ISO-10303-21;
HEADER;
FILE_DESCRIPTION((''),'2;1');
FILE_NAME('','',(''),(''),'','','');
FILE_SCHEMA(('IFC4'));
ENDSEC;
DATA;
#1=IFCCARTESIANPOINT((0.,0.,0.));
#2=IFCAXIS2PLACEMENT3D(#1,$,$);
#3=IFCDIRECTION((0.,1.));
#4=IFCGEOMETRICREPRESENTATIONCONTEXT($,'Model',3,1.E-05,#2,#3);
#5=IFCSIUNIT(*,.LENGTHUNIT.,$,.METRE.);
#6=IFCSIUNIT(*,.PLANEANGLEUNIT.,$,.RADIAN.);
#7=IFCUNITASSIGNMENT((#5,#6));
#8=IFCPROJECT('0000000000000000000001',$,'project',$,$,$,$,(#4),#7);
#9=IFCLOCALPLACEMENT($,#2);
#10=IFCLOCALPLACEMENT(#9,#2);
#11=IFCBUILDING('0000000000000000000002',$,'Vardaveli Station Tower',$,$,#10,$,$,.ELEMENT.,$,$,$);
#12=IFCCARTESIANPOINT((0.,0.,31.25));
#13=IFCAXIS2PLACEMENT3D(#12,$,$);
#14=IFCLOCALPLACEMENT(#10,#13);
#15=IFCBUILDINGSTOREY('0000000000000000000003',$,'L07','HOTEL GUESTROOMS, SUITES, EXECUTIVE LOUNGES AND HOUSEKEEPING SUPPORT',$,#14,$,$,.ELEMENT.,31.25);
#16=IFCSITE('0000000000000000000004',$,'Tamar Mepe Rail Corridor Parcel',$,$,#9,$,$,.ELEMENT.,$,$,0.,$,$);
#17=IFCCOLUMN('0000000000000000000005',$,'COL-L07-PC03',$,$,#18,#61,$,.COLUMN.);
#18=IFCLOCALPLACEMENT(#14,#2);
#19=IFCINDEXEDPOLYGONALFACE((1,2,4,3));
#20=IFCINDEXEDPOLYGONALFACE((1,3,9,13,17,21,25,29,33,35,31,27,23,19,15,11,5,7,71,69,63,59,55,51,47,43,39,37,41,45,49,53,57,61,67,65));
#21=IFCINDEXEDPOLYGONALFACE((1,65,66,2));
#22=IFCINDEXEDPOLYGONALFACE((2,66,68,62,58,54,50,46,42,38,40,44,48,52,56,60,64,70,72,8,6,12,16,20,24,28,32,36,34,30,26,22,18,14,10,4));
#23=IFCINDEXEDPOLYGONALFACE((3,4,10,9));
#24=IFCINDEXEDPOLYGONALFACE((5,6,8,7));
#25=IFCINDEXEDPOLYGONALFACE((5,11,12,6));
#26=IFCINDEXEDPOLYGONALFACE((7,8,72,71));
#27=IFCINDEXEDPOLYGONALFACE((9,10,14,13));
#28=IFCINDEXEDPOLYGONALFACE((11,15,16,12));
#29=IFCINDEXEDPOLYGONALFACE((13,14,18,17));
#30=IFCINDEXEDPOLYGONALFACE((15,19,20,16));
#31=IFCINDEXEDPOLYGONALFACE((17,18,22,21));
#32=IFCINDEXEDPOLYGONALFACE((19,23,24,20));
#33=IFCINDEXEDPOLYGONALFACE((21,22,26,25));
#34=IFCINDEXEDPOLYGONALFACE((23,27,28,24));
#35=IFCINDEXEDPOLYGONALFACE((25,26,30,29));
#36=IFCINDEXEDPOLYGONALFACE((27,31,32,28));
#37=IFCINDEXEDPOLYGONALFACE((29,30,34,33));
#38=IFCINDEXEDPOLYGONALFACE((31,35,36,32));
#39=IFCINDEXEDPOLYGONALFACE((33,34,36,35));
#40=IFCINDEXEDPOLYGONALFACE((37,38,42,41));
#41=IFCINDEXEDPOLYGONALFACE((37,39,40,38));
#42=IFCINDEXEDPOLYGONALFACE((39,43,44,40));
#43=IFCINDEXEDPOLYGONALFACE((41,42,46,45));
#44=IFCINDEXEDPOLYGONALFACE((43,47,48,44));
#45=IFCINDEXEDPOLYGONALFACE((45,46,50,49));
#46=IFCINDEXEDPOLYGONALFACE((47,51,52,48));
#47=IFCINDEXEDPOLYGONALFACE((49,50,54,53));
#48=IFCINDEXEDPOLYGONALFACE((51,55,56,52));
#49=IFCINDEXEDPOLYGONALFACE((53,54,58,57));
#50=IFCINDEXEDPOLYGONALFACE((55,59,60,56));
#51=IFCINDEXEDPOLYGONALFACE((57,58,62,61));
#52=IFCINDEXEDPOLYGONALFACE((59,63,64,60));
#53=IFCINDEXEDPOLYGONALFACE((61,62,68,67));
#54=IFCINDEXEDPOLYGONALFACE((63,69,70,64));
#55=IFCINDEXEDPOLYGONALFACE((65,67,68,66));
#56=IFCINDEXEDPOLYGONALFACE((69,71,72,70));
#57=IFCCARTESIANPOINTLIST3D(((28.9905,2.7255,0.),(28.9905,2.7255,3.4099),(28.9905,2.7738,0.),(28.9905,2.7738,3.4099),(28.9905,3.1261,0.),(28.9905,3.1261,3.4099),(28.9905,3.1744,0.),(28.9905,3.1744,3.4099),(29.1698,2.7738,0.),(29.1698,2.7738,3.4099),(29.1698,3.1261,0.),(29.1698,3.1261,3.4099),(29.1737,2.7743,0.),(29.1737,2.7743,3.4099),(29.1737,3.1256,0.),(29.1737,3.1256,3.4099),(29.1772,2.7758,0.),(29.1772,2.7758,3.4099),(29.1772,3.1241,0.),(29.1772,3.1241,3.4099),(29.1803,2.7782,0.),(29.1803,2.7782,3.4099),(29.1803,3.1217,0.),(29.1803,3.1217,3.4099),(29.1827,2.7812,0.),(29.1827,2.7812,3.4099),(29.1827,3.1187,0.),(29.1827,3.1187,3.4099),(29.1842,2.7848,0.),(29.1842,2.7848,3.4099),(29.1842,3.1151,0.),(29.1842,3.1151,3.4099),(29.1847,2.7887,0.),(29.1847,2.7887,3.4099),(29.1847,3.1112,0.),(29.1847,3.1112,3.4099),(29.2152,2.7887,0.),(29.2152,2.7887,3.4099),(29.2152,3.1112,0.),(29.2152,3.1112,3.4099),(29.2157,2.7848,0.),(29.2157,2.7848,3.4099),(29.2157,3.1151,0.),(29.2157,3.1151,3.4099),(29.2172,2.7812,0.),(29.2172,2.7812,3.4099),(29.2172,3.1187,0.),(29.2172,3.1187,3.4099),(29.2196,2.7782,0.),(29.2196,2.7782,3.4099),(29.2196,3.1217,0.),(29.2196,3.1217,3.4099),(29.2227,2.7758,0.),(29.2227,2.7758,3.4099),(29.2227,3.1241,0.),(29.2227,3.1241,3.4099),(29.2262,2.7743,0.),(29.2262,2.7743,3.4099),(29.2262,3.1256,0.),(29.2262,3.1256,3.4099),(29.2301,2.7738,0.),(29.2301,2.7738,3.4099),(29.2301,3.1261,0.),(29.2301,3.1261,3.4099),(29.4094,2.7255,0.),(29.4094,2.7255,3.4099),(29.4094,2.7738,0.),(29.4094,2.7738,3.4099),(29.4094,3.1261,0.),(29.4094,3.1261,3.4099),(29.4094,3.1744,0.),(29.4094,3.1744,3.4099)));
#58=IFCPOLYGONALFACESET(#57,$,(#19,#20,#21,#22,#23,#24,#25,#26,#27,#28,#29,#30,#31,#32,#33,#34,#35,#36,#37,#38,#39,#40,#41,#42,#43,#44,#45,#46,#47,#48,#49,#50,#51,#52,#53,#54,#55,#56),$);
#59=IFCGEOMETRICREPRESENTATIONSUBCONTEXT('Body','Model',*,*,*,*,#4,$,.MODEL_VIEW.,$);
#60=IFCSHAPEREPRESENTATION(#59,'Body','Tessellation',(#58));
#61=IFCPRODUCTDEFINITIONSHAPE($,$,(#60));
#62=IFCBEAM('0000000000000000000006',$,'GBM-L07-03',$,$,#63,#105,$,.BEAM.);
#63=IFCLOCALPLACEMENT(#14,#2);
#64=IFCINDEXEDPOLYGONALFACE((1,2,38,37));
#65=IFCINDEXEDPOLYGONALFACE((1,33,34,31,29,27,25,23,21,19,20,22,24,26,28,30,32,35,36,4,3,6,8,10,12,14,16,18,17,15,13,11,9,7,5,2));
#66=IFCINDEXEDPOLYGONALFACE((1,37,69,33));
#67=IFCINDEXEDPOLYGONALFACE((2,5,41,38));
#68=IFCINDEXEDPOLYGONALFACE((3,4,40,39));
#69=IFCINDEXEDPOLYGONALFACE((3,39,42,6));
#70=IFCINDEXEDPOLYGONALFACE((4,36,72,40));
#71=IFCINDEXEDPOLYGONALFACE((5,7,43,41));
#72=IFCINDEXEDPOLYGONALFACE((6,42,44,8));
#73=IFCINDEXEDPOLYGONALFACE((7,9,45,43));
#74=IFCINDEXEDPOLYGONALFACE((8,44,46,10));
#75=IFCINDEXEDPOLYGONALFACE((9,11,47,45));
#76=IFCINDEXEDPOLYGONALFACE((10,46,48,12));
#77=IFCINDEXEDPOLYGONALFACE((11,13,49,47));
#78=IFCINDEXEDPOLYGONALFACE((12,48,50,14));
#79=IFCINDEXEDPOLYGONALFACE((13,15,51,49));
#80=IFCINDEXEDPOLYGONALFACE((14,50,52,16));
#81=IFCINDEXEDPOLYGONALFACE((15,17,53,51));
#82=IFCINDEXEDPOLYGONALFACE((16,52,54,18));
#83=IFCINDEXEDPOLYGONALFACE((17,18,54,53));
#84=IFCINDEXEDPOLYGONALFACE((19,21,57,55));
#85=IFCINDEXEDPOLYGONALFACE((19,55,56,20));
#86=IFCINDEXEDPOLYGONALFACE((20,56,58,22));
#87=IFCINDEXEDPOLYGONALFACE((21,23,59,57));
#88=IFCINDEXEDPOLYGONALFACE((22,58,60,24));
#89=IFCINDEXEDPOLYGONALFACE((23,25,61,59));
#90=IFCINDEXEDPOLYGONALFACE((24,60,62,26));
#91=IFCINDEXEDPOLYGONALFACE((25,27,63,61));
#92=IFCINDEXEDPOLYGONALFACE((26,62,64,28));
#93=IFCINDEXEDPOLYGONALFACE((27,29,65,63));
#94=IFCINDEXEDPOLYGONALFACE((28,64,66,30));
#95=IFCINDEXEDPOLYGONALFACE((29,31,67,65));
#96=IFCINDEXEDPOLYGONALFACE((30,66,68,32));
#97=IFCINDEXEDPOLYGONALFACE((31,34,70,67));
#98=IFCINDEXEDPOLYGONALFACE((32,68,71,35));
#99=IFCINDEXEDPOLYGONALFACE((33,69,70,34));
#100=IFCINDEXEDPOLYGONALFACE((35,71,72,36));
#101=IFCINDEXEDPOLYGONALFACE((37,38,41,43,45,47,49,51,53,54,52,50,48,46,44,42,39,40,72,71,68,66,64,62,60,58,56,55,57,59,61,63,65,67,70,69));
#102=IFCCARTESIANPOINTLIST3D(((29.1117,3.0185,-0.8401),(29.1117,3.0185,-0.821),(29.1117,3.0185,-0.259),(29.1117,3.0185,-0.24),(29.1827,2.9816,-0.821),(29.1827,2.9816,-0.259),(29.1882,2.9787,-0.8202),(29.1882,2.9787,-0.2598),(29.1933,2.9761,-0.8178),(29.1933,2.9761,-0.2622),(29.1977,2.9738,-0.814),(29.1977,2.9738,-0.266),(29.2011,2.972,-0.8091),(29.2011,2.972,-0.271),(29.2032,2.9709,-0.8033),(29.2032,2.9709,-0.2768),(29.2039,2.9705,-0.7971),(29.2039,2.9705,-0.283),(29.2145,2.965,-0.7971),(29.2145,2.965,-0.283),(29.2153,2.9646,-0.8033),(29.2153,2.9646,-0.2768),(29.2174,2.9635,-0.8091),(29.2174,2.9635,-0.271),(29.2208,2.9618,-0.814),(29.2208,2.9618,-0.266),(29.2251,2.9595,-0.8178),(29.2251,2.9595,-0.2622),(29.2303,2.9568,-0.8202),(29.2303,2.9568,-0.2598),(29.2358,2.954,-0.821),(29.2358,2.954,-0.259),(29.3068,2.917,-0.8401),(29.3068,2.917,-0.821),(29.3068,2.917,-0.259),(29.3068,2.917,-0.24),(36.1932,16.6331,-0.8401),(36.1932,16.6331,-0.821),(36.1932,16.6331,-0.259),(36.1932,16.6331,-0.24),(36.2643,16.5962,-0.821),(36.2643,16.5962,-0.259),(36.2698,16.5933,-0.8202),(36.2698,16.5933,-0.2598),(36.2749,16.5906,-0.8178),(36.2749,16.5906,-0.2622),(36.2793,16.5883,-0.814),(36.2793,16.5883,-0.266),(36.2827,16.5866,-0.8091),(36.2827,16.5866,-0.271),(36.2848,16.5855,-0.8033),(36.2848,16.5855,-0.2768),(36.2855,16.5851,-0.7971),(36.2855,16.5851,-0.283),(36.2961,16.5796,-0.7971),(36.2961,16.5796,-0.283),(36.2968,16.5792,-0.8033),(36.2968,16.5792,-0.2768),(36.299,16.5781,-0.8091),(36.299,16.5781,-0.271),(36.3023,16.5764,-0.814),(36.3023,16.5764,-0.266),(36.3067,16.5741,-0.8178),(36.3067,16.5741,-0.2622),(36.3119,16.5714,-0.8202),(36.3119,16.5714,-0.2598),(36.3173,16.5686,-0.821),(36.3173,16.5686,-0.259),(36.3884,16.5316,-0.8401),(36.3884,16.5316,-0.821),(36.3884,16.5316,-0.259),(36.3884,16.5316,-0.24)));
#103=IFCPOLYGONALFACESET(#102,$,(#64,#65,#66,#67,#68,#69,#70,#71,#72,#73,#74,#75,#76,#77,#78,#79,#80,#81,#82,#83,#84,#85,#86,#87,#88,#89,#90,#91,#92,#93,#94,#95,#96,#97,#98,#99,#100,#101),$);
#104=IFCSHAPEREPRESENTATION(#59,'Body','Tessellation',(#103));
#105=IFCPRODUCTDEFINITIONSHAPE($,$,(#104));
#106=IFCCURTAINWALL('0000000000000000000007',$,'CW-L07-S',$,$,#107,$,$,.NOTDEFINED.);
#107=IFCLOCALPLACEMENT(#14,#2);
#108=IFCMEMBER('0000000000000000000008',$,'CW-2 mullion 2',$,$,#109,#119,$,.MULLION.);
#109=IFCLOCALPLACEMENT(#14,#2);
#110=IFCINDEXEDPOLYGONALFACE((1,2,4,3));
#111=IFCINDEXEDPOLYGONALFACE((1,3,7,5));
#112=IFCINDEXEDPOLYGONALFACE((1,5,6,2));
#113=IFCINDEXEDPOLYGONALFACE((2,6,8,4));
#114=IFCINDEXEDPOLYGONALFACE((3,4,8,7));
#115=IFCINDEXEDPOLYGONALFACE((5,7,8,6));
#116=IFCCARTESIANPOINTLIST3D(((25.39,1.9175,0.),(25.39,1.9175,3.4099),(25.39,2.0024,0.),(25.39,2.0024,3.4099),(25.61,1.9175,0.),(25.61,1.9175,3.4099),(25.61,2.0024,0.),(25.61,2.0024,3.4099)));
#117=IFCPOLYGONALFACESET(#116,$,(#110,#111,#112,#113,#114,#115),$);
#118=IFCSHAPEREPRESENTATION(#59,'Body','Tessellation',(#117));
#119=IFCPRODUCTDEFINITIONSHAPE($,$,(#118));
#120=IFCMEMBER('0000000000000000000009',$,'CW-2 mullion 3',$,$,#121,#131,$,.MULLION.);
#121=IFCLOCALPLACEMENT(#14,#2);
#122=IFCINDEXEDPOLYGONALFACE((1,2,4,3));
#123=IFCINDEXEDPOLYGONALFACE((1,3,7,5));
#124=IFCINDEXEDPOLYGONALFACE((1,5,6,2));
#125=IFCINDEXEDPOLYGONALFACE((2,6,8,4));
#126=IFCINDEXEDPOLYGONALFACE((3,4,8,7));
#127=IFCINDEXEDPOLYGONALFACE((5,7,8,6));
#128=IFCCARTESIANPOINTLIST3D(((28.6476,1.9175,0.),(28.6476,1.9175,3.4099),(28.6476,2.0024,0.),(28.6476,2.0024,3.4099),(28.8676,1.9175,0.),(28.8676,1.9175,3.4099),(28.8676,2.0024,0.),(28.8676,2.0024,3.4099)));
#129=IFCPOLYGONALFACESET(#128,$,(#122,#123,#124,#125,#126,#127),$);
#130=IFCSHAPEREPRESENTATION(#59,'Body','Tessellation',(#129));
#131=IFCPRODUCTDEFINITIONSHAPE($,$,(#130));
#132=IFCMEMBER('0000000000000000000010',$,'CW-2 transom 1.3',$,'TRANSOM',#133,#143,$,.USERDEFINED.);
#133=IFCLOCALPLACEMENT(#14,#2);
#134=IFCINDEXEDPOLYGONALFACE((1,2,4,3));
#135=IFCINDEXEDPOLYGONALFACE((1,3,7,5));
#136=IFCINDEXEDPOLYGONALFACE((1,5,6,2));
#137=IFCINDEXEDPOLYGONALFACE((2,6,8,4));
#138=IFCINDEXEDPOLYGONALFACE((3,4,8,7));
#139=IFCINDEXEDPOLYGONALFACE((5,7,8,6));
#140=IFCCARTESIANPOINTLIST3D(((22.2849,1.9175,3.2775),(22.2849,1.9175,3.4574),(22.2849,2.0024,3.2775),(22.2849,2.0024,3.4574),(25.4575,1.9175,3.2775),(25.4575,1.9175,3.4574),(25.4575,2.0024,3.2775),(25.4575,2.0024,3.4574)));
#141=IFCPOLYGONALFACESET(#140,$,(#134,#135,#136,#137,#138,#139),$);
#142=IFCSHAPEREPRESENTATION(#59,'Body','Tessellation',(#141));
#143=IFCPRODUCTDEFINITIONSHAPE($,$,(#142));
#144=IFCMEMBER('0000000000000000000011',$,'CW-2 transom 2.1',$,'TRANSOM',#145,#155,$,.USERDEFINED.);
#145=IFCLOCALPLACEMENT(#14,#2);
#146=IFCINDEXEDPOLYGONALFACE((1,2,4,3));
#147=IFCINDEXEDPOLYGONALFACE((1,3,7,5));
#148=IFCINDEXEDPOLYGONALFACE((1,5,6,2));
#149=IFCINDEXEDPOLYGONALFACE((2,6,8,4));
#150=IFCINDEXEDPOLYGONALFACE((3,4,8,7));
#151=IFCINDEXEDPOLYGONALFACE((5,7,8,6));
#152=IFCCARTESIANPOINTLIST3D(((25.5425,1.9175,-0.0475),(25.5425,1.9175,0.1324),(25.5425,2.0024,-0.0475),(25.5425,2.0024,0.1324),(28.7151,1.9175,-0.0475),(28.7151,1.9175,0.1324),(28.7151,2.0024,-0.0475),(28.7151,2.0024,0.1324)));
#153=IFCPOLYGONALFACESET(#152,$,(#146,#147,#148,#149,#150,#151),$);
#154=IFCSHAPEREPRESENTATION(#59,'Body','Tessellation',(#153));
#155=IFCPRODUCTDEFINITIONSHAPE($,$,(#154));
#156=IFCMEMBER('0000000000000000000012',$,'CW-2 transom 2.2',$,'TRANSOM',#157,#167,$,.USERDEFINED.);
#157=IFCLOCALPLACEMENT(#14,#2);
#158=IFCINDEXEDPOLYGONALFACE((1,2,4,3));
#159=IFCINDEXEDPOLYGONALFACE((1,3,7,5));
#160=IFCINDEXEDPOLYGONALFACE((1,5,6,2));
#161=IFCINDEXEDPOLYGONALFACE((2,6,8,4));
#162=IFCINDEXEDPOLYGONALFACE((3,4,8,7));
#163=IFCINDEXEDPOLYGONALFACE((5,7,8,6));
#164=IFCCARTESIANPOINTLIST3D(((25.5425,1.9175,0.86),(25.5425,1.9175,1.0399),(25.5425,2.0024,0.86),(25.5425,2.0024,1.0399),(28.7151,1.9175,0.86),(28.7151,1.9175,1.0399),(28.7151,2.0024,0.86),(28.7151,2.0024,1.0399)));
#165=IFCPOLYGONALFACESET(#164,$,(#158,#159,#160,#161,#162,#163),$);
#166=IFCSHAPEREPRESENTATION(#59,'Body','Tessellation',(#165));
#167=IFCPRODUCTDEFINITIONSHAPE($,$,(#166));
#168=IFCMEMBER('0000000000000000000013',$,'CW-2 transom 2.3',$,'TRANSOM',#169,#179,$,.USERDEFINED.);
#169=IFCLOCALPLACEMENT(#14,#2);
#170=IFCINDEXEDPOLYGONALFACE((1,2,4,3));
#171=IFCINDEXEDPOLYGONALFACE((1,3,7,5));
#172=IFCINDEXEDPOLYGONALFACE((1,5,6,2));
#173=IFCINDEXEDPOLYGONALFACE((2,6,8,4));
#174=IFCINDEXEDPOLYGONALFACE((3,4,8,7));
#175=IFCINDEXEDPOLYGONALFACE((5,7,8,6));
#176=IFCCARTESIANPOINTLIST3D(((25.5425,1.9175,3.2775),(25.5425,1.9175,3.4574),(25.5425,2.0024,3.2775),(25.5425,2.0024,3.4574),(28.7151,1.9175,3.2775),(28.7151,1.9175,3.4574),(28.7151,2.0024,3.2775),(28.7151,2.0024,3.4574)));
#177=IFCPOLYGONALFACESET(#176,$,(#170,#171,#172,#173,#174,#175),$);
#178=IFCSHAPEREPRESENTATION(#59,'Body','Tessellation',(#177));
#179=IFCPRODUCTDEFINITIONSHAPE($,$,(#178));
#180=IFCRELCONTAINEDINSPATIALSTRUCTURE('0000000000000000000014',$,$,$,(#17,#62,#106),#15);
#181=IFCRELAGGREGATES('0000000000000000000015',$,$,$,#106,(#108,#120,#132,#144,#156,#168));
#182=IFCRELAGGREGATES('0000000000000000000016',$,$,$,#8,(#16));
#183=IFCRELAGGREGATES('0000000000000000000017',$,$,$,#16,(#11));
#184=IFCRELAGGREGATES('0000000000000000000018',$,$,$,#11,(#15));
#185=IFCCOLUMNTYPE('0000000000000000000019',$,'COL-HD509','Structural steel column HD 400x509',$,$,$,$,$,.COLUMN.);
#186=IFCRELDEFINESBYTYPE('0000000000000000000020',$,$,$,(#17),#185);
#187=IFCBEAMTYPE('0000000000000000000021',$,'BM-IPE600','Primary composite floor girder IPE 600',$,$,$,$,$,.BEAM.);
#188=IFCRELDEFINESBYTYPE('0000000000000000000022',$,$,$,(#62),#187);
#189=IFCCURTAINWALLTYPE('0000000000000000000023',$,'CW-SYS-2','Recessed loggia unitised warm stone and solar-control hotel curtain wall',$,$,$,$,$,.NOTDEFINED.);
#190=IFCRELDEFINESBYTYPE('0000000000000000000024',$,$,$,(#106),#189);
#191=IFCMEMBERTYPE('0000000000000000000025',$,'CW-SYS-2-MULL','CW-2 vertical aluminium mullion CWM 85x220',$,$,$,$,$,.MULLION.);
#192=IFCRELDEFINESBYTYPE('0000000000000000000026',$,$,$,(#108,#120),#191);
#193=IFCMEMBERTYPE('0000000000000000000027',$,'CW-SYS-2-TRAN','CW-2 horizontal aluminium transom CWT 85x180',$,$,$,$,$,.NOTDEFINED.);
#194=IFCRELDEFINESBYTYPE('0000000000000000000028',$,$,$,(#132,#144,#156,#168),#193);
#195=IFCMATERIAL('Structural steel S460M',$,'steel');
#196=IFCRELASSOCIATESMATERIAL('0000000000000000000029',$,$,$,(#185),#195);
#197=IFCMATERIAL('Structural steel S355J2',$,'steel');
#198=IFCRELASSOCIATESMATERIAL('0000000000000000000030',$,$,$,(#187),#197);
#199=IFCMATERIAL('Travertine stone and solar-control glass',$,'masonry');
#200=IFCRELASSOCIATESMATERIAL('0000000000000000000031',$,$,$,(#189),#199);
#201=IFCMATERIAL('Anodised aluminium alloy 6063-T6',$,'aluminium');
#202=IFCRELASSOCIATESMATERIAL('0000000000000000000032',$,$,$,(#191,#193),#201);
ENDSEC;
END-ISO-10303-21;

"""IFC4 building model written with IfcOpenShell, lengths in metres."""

from ifc_helpers import new_model, si_unit, direction, frame, origin, origin_2d, place, context, subcontext, project, spatial, rectangle, i_section, extrude, source, transform, mapped, material, material_profile, profile_set, type_object, element, aggregate, save


model = new_model("IFC4")

# Units and contexts
model_context = context("Model", 3, precision=1e-05, world=origin(), true_north=direction((0.0, 1.0)))
body_context = subcontext(model_context, "Body", "Model", "MODEL_VIEW")
ifc_project = project(units=[si_unit("LENGTHUNIT", "METRE"), si_unit("PLANEANGLEUNIT", "RADIAN")], contexts=[model_context])

# Site, building, storey
site_placement = place(None, origin())
site = spatial("IfcSite", under=ifc_project, at=site_placement, Name="Tamar Mepe Rail Corridor Parcel", CompositionType="ELEMENT", RefElevation=0.0)
building_placement = place(site_placement, origin())
building = spatial("IfcBuilding", under=site, at=building_placement, Name="Vardaveli Station Tower", CompositionType="ELEMENT")
storey_placement = place(building_placement, frame((0.0, 0.0, 31.25)))
storey = spatial("IfcBuildingStorey", under=building, at=storey_placement, Name="L07", Description="HOTEL GUESTROOMS, SUITES, EXECUTIVE LOUNGES AND HOUSEKEEPING SUPPORT", CompositionType="ELEMENT", Elevation=31.25)

# Column
ifc_material_1 = material(Name="Structural steel S460M", Category="steel")
ifc_material_profile_1 = material_profile(ifc_material_1, i_section(OverallWidth=0.4189, OverallDepth=0.449, WebThickness=0.0305, FlangeThickness=0.0483, FilletRadius=0.0149, at=origin_2d()), Name="HD 400x509")
ifc_profile_set_1 = profile_set([ifc_material_profile_1], Name="Structural steel S460M")
column_type = type_object("IfcColumnType", Name="COL-HD509", Description="Structural steel column HD 400x509", PredefinedType="COLUMN", material=ifc_profile_set_1)
shared_shape_1 = source(origin(), body_context, "Body", "SweptSolid", [
    extrude(i_section(OverallWidth=0.4189, OverallDepth=0.449, WebThickness=0.0305, FlangeThickness=0.0483, FilletRadius=0.0149, at=origin_2d()), origin(), (0.0, 0.0, 1.0), 3.4099),
])
column_placement = place(storey_placement, frame((29.2, 2.95, 0.0), z_axis=(0.0, 0.0, 1.0), x_axis=(1.0, 0.0, 0.0)))
element("IfcColumn", 1, at=column_placement, inside=storey, type_object=column_type, Name="COL-L07-PC03", PredefinedType="COLUMN", context=body_context, shape_type="MappedRepresentation", body=[
    mapped(shared_shape_1, transform((0.0, 0.0, 0.0), scale=1.0)),
])

# Beam
ifc_material_2 = material(Name="Structural steel S355J2", Category="steel")
ifc_material_profile_2 = material_profile(ifc_material_2, i_section(OverallWidth=0.22, OverallDepth=0.6001, WebThickness=0.012, FlangeThickness=0.019, FilletRadius=0.0239, at=origin_2d()), Name="IPE 600")
ifc_profile_set_2 = profile_set([ifc_material_profile_2], Name="Structural steel S355J2")
beam_type = type_object("IfcBeamType", Name="BM-IPE600", Description="Primary composite floor girder IPE 600", PredefinedType="BEAM", material=ifc_profile_set_2)
shared_shape_2 = source(origin(), body_context, "Body", "SweptSolid", [
    extrude(i_section(OverallWidth=0.22, OverallDepth=0.6001, WebThickness=0.012, FlangeThickness=0.019, FilletRadius=0.0239, at=origin_2d()), origin(), (0.0, 0.0, 1.0), 15.3462),
])
beam_placement = place(storey_placement, frame((29.2092, 2.9678, -0.54), z_axis=(0.461455, 0.887163, 0.0), x_axis=(-0.887163, 0.461455, 0.0)))
element("IfcBeam", 2, at=beam_placement, inside=storey, type_object=beam_type, Name="GBM-L07-03", PredefinedType="BEAM", context=body_context, shape_type="MappedRepresentation", body=[
    mapped(shared_shape_2, transform((0.0, 0.0, 0.0), scale=1.0)),
])

# Curtain wall, members
ifc_material_3 = material(Name="Travertine stone and solar-control glass", Category="masonry")
curtain_wall_type = type_object("IfcCurtainWallType", Name="CW-SYS-2", Description="Recessed loggia unitised warm stone and solar-control hotel curtain wall", PredefinedType="NOTDEFINED", material=ifc_material_3)
curtain_wall_placement = place(storey_placement, origin())
curtain_wall = element("IfcCurtainWall", 3, at=curtain_wall_placement, inside=storey, type_object=curtain_wall_type, Name="CW-L07-S", PredefinedType="NOTDEFINED")
ifc_material_4 = material(Name="Anodised aluminium alloy 6063-T6", Category="aluminium")
ifc_material_profile_3 = material_profile(ifc_material_4, rectangle(XDim=0.085, YDim=0.22, at=origin_2d()), Name="CWM 85x220")
ifc_profile_set_3 = profile_set([ifc_material_profile_3], Name="Anodised aluminium alloy 6063-T6")
member_type_1 = type_object("IfcMemberType", Name="CW-SYS-2-MULL", Description="CW-2 vertical aluminium mullion CWM 85x220", PredefinedType="MULLION", material=ifc_profile_set_3)
shared_shape_3 = source(origin(), body_context, "Body", "SweptSolid", [
    extrude(rectangle(XDim=0.085, YDim=0.22, at=origin_2d()), origin(), (0.0, 0.0, 1.0), 3.4099),
])
member_1_placement = place(storey_placement, frame((25.5, 1.96, 0.0), z_axis=(0.0, 0.0, 1.0), x_axis=(0.0, 1.0, 0.0)))
member_1 = element("IfcMember", 4, at=member_1_placement, type_object=member_type_1, Name="CW-2 mullion 2", PredefinedType="MULLION", context=body_context, shape_type="MappedRepresentation", body=[
    mapped(shared_shape_3, transform((0.0, 0.0, 0.0), scale=1.0)),
])
member_2_placement = place(storey_placement, frame((28.7576, 1.96, 0.0), z_axis=(0.0, 0.0, 1.0), x_axis=(0.0, 1.0, 0.0)))
member_2 = element("IfcMember", 5, at=member_2_placement, type_object=member_type_1, Name="CW-2 mullion 3", PredefinedType="MULLION", context=body_context, shape_type="MappedRepresentation", body=[
    mapped(shared_shape_3, transform((0.0, 0.0, 0.0), scale=1.0)),
])
ifc_material_profile_4 = material_profile(ifc_material_4, rectangle(XDim=0.085, YDim=0.1799, at=origin_2d()), Name="CWT 85x180")
ifc_profile_set_4 = profile_set([ifc_material_profile_4], Name="Anodised aluminium alloy 6063-T6")
member_type_2 = type_object("IfcMemberType", Name="CW-SYS-2-TRAN", Description="CW-2 horizontal aluminium transom CWT 85x180", PredefinedType="NOTDEFINED", material=ifc_profile_set_4)
shared_shape_4 = source(origin(), body_context, "Body", "SweptSolid", [
    extrude(rectangle(XDim=0.085, YDim=0.1799, at=origin_2d()), origin(), (0.0, 0.0, 1.0), 3.1726),
])
member_3_placement = place(storey_placement, frame((22.2849, 1.96, 3.3674), z_axis=(1.0, 0.0, 0.0), x_axis=(0.0, 1.0, 0.0)))
member_3 = element("IfcMember", 6, at=member_3_placement, type_object=member_type_2, Name="CW-2 transom 1.3", ObjectType="TRANSOM", PredefinedType="USERDEFINED", context=body_context, shape_type="MappedRepresentation", body=[
    mapped(shared_shape_4, transform((0.0, 0.0, 0.0), scale=1.0)),
])
member_4_placement = place(storey_placement, frame((25.5425, 1.96, 0.0425), z_axis=(1.0, 0.0, 0.0), x_axis=(0.0, 1.0, 0.0)))
member_4 = element("IfcMember", 7, at=member_4_placement, type_object=member_type_2, Name="CW-2 transom 2.1", ObjectType="TRANSOM", PredefinedType="USERDEFINED", context=body_context, shape_type="MappedRepresentation", body=[
    mapped(shared_shape_4, transform((0.0, 0.0, 0.0), scale=1.0)),
])
member_5_placement = place(storey_placement, frame((25.5425, 1.96, 0.95), z_axis=(1.0, 0.0, 0.0), x_axis=(0.0, 1.0, 0.0)))
member_5 = element("IfcMember", 8, at=member_5_placement, type_object=member_type_2, Name="CW-2 transom 2.2", ObjectType="TRANSOM", PredefinedType="USERDEFINED", context=body_context, shape_type="MappedRepresentation", body=[
    mapped(shared_shape_4, transform((0.0, 0.0, 0.0), scale=1.0)),
])
member_6_placement = place(storey_placement, frame((25.5425, 1.96, 3.3674), z_axis=(1.0, 0.0, 0.0), x_axis=(0.0, 1.0, 0.0)))
member_6 = element("IfcMember", 9, at=member_6_placement, type_object=member_type_2, Name="CW-2 transom 2.3", ObjectType="TRANSOM", PredefinedType="USERDEFINED", context=body_context, shape_type="MappedRepresentation", body=[
    mapped(shared_shape_4, transform((0.0, 0.0, 0.0), scale=1.0)),
])
aggregate(curtain_wall, [member_1, member_2, member_3, member_4, member_5, member_6])

save(model, "model.ifc")
